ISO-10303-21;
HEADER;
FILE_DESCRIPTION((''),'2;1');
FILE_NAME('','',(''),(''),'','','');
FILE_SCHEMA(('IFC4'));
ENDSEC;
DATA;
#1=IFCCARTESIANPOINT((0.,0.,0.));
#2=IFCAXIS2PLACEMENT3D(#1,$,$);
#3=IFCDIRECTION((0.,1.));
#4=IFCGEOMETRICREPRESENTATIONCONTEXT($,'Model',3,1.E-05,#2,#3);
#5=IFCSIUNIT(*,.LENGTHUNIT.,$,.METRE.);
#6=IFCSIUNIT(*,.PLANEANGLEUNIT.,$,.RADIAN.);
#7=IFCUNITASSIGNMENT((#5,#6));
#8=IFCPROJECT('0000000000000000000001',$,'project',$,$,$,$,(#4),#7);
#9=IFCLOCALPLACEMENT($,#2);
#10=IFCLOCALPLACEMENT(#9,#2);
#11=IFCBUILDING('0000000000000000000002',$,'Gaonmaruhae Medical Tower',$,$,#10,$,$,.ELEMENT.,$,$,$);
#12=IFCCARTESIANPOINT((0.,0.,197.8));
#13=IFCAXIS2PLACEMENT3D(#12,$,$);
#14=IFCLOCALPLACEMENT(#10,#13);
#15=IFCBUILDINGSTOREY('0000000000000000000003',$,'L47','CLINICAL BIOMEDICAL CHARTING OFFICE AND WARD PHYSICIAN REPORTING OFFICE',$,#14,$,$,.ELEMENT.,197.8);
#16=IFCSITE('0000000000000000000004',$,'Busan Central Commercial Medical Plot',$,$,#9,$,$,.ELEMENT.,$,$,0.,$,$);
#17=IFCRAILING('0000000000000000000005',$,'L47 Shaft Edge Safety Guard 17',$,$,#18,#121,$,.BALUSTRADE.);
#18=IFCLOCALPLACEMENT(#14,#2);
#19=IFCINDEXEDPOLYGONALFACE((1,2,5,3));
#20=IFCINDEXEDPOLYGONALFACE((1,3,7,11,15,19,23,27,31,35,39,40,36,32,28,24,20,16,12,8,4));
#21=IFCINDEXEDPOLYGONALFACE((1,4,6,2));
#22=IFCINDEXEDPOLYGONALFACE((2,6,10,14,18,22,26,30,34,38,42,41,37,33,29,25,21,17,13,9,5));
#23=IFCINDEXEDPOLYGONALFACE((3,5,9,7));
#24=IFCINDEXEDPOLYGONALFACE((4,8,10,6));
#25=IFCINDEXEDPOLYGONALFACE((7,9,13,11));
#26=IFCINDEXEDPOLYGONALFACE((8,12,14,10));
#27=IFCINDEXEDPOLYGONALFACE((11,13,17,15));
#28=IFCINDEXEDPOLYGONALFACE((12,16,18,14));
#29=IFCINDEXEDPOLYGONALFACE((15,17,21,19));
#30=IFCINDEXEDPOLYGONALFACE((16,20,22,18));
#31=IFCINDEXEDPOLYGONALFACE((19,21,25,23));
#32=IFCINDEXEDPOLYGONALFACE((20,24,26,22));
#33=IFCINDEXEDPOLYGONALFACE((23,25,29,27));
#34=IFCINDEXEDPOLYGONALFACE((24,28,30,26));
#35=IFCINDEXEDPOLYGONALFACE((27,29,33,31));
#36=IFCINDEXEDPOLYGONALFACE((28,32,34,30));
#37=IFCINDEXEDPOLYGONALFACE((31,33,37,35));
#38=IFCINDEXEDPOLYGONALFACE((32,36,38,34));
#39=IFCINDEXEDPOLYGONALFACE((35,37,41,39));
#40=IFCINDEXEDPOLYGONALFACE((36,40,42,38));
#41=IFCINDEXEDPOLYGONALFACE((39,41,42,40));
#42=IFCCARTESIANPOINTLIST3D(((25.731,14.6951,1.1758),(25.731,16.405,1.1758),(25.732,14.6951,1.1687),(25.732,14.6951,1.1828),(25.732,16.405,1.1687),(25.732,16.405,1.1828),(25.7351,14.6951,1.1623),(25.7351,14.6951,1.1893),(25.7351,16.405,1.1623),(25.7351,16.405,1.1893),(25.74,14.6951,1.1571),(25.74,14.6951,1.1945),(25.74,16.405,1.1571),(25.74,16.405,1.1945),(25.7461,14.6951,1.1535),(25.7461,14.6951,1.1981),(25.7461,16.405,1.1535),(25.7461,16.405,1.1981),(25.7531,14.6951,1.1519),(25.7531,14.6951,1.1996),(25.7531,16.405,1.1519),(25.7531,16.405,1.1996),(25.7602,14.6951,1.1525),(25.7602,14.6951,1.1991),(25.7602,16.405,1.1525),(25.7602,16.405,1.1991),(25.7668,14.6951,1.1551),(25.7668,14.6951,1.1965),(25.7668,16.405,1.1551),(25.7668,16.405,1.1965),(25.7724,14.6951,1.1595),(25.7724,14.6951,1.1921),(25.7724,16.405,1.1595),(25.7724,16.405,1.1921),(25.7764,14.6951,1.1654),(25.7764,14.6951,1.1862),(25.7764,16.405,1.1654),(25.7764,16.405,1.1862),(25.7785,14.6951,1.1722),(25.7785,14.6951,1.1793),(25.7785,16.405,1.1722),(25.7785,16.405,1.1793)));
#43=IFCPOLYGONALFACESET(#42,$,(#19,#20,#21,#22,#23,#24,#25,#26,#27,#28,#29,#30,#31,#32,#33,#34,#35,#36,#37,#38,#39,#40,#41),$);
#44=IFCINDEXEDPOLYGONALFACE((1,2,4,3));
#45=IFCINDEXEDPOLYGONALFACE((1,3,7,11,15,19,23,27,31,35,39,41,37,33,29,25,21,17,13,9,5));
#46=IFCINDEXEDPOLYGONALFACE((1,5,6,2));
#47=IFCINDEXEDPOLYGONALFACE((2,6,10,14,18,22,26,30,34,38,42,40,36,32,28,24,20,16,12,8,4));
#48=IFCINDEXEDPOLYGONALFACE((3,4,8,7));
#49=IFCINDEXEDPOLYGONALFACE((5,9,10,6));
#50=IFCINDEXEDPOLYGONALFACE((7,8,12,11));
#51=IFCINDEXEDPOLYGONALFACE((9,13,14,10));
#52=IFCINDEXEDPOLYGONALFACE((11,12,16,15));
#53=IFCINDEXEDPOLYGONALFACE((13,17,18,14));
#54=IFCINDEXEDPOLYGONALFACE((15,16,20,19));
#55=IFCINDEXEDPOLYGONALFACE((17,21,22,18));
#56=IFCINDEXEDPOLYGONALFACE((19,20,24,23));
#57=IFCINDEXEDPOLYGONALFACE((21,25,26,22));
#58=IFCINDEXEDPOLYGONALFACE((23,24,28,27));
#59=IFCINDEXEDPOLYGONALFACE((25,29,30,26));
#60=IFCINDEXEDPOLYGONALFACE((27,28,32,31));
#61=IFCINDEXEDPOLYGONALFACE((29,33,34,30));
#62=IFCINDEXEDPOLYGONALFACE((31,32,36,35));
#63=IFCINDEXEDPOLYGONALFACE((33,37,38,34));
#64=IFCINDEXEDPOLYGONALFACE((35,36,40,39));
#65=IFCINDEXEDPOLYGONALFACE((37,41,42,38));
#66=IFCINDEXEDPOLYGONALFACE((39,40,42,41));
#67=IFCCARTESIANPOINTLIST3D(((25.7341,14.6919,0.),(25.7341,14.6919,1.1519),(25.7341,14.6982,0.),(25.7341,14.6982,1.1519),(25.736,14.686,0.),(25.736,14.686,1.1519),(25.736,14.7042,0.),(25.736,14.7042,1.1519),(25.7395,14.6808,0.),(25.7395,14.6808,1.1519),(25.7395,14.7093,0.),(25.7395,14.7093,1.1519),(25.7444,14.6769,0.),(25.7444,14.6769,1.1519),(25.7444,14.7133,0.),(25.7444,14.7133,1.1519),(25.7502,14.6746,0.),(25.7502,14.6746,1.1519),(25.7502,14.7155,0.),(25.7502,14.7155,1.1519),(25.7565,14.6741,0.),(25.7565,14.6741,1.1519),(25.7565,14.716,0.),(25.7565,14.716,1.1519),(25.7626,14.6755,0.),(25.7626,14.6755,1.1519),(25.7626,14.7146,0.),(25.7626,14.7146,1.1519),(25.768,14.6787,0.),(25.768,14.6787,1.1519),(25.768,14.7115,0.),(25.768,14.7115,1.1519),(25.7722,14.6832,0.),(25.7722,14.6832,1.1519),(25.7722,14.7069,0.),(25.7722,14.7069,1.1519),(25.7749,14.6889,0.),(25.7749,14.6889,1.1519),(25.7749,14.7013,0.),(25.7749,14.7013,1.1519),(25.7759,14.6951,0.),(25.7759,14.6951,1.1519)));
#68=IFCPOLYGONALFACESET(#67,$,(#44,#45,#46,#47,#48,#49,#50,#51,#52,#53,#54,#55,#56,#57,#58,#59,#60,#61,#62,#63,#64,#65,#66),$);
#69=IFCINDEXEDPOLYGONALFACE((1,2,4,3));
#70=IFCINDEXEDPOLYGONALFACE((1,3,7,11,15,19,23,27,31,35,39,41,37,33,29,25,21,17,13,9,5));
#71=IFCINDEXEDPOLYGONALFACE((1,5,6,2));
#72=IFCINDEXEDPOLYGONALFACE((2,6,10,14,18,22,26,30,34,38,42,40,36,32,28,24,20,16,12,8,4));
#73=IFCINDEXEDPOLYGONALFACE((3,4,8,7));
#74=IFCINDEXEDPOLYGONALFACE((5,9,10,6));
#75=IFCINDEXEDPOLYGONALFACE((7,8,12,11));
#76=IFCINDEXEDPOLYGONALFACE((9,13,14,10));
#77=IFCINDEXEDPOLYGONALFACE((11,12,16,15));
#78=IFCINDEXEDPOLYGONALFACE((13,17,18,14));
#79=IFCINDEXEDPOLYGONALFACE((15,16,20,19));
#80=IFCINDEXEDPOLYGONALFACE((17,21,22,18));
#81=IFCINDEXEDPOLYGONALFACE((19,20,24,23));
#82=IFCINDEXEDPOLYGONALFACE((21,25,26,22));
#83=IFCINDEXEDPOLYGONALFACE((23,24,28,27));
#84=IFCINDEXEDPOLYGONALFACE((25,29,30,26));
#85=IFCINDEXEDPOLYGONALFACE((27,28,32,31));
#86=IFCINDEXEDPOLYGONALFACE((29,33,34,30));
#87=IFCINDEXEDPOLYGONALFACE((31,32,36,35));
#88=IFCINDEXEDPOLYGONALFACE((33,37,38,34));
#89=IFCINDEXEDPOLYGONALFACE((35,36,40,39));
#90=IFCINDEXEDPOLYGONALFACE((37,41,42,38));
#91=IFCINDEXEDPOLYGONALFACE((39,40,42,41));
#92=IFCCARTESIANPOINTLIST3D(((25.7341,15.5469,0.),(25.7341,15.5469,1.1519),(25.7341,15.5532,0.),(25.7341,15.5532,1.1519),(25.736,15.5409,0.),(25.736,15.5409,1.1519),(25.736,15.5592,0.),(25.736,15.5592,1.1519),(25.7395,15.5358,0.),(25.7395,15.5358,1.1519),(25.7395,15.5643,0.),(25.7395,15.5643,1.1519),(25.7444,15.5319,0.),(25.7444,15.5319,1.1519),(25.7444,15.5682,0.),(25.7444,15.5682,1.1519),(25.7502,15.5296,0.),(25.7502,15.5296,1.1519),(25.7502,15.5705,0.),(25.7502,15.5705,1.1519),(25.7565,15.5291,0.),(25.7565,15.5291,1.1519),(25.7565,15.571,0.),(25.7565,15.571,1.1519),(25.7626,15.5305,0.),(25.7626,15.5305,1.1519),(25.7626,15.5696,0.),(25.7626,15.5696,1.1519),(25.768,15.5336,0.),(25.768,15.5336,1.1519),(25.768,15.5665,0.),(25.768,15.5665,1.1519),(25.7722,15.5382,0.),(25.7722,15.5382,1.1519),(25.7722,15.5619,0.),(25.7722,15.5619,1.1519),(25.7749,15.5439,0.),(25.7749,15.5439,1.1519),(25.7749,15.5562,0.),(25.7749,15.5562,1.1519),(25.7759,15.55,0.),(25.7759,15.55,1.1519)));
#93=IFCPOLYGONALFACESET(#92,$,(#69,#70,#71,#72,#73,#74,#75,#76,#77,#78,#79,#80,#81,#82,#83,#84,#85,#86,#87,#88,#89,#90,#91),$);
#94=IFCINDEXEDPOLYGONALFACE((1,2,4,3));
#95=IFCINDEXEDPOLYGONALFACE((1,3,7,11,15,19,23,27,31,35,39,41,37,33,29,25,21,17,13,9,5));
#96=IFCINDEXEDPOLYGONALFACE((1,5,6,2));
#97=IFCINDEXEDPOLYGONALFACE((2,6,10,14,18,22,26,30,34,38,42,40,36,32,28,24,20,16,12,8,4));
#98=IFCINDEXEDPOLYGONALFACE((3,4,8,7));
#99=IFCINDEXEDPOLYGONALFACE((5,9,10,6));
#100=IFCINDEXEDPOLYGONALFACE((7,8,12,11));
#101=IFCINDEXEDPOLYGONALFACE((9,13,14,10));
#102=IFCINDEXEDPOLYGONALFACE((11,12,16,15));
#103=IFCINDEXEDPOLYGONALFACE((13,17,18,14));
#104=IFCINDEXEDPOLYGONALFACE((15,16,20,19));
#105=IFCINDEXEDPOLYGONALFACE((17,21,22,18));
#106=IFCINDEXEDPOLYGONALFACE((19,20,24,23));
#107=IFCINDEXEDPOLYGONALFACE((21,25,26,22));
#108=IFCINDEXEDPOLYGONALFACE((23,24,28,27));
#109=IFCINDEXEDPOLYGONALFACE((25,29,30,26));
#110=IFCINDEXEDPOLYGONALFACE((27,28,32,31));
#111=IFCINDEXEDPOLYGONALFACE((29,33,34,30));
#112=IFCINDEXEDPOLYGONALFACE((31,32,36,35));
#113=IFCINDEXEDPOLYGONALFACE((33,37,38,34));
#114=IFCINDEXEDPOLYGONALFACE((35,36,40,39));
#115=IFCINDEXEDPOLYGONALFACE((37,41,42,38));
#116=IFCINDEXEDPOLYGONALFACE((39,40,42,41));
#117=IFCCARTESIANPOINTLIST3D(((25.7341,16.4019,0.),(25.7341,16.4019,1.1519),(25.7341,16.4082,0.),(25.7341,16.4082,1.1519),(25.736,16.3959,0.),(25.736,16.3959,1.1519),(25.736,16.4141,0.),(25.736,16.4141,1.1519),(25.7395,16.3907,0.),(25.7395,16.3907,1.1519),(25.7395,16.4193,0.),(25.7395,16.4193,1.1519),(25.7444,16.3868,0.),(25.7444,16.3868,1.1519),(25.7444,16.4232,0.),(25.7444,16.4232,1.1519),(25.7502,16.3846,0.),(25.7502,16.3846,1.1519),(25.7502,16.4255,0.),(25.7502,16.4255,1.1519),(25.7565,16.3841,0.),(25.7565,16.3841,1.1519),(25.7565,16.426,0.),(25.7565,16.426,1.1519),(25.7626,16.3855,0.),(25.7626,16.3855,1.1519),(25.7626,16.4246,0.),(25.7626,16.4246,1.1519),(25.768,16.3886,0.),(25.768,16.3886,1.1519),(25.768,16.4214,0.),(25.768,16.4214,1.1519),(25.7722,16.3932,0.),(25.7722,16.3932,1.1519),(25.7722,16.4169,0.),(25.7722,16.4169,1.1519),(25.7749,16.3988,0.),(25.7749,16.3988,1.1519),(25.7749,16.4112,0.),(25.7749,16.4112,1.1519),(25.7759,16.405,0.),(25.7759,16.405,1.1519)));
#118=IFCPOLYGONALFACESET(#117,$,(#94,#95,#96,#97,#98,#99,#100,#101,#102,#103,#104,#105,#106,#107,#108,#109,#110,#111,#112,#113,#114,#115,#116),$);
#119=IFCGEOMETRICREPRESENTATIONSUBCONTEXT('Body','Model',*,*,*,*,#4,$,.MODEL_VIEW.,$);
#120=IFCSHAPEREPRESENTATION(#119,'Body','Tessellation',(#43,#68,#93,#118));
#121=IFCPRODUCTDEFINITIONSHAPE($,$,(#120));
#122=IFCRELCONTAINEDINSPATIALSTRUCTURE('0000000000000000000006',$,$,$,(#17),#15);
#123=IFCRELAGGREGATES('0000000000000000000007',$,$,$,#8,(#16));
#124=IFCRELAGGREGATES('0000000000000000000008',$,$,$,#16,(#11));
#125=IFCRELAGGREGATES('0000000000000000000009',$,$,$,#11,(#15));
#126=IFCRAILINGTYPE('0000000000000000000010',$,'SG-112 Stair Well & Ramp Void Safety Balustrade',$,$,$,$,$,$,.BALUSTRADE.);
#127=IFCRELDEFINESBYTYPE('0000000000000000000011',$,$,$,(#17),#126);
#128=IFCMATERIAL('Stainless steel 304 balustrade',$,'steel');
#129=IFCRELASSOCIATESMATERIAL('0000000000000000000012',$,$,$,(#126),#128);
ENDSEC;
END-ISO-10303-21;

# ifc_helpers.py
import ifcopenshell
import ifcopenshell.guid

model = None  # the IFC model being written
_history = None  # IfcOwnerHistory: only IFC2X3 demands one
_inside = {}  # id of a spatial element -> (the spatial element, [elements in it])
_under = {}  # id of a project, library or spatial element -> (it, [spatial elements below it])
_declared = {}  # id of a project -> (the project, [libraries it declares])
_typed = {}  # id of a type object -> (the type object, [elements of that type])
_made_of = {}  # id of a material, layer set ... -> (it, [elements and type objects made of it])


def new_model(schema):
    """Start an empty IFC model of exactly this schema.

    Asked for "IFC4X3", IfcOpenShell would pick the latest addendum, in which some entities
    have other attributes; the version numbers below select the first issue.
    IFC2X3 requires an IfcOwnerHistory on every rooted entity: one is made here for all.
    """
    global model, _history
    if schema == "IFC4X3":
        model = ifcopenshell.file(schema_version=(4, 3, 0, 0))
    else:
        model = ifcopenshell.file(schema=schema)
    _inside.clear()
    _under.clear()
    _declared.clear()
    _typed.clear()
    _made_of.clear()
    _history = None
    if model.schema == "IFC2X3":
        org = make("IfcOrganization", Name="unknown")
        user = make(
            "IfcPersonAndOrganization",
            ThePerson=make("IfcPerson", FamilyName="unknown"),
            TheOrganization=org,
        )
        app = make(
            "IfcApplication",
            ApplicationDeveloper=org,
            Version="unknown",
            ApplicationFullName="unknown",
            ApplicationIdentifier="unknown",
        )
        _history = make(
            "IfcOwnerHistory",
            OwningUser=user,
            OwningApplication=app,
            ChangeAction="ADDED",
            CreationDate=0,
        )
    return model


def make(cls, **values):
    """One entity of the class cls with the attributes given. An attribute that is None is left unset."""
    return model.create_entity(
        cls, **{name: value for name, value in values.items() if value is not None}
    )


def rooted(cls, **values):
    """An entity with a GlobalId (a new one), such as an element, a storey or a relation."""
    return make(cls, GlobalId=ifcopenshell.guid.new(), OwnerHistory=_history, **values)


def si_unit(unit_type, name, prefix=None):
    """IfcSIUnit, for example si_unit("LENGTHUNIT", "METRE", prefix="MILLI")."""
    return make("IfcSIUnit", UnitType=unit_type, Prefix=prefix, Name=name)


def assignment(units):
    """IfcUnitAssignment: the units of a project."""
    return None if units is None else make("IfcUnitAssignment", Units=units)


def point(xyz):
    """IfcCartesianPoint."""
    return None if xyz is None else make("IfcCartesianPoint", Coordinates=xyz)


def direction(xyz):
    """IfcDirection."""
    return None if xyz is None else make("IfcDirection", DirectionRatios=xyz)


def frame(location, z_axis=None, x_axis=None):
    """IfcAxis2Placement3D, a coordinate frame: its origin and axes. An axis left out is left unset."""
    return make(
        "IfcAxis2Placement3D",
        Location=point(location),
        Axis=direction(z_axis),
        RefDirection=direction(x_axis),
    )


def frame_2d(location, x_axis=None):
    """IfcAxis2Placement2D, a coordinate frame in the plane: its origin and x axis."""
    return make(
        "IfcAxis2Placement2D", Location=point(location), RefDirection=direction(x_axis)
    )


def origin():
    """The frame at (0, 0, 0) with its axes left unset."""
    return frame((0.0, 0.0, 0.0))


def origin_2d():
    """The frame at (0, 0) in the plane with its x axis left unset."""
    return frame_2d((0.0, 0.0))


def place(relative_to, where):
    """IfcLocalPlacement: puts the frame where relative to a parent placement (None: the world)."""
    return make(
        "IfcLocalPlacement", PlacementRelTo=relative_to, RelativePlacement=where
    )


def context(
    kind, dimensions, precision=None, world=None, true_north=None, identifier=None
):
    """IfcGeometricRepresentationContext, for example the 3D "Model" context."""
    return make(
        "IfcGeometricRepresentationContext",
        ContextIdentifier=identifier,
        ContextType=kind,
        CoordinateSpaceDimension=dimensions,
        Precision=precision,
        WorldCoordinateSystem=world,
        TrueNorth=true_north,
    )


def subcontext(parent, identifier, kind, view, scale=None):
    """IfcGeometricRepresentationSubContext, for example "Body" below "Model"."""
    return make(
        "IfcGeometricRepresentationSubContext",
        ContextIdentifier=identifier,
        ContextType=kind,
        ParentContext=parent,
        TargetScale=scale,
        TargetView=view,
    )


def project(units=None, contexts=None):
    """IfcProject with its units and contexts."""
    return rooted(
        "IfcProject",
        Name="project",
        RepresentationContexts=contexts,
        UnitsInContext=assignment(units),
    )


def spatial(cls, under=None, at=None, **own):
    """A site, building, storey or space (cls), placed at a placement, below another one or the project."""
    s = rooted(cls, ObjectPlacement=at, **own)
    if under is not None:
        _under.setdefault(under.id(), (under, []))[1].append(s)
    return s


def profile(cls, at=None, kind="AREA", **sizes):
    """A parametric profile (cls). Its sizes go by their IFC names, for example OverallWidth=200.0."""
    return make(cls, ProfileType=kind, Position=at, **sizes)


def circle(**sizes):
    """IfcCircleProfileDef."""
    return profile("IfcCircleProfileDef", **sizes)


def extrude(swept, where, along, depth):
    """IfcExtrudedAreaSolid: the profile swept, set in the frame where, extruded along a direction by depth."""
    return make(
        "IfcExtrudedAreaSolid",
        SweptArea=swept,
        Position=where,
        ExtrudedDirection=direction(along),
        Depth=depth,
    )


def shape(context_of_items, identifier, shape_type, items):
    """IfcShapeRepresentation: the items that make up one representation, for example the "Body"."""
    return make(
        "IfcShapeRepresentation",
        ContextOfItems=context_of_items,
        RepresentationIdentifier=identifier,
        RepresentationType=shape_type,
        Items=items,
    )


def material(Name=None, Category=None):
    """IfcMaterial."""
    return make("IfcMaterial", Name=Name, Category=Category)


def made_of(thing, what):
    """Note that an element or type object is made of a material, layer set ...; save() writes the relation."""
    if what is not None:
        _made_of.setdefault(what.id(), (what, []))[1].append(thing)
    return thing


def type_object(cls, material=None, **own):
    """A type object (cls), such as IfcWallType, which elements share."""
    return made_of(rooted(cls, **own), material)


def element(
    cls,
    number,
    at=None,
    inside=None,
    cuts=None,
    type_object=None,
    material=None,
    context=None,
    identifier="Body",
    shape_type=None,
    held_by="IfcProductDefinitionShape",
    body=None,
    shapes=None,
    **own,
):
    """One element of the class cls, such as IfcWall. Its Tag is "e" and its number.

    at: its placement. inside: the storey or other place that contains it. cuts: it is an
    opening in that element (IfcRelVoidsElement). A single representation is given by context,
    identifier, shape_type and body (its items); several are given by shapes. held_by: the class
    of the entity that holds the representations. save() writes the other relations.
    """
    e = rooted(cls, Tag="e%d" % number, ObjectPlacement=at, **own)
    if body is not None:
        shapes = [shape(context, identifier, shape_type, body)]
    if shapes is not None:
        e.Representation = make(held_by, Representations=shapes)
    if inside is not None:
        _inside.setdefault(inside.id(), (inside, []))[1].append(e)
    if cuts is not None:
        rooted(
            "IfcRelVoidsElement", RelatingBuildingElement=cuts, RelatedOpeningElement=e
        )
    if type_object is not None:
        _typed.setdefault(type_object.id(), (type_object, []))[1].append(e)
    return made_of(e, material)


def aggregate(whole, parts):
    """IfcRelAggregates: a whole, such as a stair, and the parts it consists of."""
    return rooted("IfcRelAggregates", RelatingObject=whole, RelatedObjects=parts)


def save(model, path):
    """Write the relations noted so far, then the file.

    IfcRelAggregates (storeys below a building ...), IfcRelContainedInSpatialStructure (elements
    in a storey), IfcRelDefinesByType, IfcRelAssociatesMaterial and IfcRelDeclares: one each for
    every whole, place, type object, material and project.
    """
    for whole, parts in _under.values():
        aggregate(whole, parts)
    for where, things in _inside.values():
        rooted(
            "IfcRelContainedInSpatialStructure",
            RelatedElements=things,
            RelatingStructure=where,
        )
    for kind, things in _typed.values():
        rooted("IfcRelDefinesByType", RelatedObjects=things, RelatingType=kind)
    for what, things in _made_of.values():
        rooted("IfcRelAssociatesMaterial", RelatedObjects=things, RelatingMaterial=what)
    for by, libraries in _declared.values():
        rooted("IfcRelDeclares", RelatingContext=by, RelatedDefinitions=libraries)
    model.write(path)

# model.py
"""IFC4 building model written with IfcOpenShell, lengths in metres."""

from ifc_helpers import new_model, si_unit, direction, frame, origin, origin_2d, place, context, subcontext, project, spatial, circle, extrude, material, type_object, element, save


model = new_model("IFC4")

# Units and contexts
model_context = context("Model", 3, precision=1e-05, world=origin(), true_north=direction((0.0, 1.0)))
body_context = subcontext(model_context, "Body", "Model", "MODEL_VIEW")
ifc_project = project(units=[si_unit("LENGTHUNIT", "METRE"), si_unit("PLANEANGLEUNIT", "RADIAN")], contexts=[model_context])

# Site, building, storey
site_placement = place(None, origin())
site = spatial("IfcSite", under=ifc_project, at=site_placement, Name="Busan Central Commercial Medical Plot", CompositionType="ELEMENT", RefElevation=0.0)
building_placement = place(site_placement, origin())
building = spatial("IfcBuilding", under=site, at=building_placement, Name="Gaonmaruhae Medical Tower", CompositionType="ELEMENT")
storey_placement = place(building_placement, frame((0.0, 0.0, 197.8)))
storey = spatial("IfcBuildingStorey", under=building, at=storey_placement, Name="L47", Description="CLINICAL BIOMEDICAL CHARTING OFFICE AND WARD PHYSICIAN REPORTING OFFICE", CompositionType="ELEMENT", Elevation=197.8)

# Railing
ifc_material_1 = material(Name="Stainless steel 304 balustrade", Category="steel")
railing_type = type_object("IfcRailingType", Name="SG-112 Stair Well & Ramp Void Safety Balustrade", PredefinedType="BALUSTRADE", material=ifc_material_1)
railing_1_placement = place(storey_placement, frame((25.7549, 14.6951, 0.0)))
element("IfcRailing", 1, at=railing_1_placement, inside=storey, type_object=railing_type, Name="L47 Shaft Edge Safety Guard 17", PredefinedType="BALUSTRADE", context=body_context, shape_type="SweptSolid", body=[
    extrude(circle(Radius=0.0239, at=origin_2d()), frame((0.0, 0.0, 1.1758), z_axis=(0.0, 1.0, 0.0), x_axis=(-1.0, 0.0, 0.0)), (0.0, 0.0, 1.0), 1.71),
    extrude(circle(Radius=0.021, at=origin_2d()), origin(), (0.0, 0.0, 1.0), 1.1519),
    extrude(circle(Radius=0.021, at=origin_2d()), frame((0.0, 0.855, 0.0)), (0.0, 0.0, 1.0), 1.1519),
    extrude(circle(Radius=0.021, at=origin_2d()), frame((0.0, 1.71, 0.0)), (0.0, 0.0, 1.0), 1.1519),
])

save(model, "model.ifc")
